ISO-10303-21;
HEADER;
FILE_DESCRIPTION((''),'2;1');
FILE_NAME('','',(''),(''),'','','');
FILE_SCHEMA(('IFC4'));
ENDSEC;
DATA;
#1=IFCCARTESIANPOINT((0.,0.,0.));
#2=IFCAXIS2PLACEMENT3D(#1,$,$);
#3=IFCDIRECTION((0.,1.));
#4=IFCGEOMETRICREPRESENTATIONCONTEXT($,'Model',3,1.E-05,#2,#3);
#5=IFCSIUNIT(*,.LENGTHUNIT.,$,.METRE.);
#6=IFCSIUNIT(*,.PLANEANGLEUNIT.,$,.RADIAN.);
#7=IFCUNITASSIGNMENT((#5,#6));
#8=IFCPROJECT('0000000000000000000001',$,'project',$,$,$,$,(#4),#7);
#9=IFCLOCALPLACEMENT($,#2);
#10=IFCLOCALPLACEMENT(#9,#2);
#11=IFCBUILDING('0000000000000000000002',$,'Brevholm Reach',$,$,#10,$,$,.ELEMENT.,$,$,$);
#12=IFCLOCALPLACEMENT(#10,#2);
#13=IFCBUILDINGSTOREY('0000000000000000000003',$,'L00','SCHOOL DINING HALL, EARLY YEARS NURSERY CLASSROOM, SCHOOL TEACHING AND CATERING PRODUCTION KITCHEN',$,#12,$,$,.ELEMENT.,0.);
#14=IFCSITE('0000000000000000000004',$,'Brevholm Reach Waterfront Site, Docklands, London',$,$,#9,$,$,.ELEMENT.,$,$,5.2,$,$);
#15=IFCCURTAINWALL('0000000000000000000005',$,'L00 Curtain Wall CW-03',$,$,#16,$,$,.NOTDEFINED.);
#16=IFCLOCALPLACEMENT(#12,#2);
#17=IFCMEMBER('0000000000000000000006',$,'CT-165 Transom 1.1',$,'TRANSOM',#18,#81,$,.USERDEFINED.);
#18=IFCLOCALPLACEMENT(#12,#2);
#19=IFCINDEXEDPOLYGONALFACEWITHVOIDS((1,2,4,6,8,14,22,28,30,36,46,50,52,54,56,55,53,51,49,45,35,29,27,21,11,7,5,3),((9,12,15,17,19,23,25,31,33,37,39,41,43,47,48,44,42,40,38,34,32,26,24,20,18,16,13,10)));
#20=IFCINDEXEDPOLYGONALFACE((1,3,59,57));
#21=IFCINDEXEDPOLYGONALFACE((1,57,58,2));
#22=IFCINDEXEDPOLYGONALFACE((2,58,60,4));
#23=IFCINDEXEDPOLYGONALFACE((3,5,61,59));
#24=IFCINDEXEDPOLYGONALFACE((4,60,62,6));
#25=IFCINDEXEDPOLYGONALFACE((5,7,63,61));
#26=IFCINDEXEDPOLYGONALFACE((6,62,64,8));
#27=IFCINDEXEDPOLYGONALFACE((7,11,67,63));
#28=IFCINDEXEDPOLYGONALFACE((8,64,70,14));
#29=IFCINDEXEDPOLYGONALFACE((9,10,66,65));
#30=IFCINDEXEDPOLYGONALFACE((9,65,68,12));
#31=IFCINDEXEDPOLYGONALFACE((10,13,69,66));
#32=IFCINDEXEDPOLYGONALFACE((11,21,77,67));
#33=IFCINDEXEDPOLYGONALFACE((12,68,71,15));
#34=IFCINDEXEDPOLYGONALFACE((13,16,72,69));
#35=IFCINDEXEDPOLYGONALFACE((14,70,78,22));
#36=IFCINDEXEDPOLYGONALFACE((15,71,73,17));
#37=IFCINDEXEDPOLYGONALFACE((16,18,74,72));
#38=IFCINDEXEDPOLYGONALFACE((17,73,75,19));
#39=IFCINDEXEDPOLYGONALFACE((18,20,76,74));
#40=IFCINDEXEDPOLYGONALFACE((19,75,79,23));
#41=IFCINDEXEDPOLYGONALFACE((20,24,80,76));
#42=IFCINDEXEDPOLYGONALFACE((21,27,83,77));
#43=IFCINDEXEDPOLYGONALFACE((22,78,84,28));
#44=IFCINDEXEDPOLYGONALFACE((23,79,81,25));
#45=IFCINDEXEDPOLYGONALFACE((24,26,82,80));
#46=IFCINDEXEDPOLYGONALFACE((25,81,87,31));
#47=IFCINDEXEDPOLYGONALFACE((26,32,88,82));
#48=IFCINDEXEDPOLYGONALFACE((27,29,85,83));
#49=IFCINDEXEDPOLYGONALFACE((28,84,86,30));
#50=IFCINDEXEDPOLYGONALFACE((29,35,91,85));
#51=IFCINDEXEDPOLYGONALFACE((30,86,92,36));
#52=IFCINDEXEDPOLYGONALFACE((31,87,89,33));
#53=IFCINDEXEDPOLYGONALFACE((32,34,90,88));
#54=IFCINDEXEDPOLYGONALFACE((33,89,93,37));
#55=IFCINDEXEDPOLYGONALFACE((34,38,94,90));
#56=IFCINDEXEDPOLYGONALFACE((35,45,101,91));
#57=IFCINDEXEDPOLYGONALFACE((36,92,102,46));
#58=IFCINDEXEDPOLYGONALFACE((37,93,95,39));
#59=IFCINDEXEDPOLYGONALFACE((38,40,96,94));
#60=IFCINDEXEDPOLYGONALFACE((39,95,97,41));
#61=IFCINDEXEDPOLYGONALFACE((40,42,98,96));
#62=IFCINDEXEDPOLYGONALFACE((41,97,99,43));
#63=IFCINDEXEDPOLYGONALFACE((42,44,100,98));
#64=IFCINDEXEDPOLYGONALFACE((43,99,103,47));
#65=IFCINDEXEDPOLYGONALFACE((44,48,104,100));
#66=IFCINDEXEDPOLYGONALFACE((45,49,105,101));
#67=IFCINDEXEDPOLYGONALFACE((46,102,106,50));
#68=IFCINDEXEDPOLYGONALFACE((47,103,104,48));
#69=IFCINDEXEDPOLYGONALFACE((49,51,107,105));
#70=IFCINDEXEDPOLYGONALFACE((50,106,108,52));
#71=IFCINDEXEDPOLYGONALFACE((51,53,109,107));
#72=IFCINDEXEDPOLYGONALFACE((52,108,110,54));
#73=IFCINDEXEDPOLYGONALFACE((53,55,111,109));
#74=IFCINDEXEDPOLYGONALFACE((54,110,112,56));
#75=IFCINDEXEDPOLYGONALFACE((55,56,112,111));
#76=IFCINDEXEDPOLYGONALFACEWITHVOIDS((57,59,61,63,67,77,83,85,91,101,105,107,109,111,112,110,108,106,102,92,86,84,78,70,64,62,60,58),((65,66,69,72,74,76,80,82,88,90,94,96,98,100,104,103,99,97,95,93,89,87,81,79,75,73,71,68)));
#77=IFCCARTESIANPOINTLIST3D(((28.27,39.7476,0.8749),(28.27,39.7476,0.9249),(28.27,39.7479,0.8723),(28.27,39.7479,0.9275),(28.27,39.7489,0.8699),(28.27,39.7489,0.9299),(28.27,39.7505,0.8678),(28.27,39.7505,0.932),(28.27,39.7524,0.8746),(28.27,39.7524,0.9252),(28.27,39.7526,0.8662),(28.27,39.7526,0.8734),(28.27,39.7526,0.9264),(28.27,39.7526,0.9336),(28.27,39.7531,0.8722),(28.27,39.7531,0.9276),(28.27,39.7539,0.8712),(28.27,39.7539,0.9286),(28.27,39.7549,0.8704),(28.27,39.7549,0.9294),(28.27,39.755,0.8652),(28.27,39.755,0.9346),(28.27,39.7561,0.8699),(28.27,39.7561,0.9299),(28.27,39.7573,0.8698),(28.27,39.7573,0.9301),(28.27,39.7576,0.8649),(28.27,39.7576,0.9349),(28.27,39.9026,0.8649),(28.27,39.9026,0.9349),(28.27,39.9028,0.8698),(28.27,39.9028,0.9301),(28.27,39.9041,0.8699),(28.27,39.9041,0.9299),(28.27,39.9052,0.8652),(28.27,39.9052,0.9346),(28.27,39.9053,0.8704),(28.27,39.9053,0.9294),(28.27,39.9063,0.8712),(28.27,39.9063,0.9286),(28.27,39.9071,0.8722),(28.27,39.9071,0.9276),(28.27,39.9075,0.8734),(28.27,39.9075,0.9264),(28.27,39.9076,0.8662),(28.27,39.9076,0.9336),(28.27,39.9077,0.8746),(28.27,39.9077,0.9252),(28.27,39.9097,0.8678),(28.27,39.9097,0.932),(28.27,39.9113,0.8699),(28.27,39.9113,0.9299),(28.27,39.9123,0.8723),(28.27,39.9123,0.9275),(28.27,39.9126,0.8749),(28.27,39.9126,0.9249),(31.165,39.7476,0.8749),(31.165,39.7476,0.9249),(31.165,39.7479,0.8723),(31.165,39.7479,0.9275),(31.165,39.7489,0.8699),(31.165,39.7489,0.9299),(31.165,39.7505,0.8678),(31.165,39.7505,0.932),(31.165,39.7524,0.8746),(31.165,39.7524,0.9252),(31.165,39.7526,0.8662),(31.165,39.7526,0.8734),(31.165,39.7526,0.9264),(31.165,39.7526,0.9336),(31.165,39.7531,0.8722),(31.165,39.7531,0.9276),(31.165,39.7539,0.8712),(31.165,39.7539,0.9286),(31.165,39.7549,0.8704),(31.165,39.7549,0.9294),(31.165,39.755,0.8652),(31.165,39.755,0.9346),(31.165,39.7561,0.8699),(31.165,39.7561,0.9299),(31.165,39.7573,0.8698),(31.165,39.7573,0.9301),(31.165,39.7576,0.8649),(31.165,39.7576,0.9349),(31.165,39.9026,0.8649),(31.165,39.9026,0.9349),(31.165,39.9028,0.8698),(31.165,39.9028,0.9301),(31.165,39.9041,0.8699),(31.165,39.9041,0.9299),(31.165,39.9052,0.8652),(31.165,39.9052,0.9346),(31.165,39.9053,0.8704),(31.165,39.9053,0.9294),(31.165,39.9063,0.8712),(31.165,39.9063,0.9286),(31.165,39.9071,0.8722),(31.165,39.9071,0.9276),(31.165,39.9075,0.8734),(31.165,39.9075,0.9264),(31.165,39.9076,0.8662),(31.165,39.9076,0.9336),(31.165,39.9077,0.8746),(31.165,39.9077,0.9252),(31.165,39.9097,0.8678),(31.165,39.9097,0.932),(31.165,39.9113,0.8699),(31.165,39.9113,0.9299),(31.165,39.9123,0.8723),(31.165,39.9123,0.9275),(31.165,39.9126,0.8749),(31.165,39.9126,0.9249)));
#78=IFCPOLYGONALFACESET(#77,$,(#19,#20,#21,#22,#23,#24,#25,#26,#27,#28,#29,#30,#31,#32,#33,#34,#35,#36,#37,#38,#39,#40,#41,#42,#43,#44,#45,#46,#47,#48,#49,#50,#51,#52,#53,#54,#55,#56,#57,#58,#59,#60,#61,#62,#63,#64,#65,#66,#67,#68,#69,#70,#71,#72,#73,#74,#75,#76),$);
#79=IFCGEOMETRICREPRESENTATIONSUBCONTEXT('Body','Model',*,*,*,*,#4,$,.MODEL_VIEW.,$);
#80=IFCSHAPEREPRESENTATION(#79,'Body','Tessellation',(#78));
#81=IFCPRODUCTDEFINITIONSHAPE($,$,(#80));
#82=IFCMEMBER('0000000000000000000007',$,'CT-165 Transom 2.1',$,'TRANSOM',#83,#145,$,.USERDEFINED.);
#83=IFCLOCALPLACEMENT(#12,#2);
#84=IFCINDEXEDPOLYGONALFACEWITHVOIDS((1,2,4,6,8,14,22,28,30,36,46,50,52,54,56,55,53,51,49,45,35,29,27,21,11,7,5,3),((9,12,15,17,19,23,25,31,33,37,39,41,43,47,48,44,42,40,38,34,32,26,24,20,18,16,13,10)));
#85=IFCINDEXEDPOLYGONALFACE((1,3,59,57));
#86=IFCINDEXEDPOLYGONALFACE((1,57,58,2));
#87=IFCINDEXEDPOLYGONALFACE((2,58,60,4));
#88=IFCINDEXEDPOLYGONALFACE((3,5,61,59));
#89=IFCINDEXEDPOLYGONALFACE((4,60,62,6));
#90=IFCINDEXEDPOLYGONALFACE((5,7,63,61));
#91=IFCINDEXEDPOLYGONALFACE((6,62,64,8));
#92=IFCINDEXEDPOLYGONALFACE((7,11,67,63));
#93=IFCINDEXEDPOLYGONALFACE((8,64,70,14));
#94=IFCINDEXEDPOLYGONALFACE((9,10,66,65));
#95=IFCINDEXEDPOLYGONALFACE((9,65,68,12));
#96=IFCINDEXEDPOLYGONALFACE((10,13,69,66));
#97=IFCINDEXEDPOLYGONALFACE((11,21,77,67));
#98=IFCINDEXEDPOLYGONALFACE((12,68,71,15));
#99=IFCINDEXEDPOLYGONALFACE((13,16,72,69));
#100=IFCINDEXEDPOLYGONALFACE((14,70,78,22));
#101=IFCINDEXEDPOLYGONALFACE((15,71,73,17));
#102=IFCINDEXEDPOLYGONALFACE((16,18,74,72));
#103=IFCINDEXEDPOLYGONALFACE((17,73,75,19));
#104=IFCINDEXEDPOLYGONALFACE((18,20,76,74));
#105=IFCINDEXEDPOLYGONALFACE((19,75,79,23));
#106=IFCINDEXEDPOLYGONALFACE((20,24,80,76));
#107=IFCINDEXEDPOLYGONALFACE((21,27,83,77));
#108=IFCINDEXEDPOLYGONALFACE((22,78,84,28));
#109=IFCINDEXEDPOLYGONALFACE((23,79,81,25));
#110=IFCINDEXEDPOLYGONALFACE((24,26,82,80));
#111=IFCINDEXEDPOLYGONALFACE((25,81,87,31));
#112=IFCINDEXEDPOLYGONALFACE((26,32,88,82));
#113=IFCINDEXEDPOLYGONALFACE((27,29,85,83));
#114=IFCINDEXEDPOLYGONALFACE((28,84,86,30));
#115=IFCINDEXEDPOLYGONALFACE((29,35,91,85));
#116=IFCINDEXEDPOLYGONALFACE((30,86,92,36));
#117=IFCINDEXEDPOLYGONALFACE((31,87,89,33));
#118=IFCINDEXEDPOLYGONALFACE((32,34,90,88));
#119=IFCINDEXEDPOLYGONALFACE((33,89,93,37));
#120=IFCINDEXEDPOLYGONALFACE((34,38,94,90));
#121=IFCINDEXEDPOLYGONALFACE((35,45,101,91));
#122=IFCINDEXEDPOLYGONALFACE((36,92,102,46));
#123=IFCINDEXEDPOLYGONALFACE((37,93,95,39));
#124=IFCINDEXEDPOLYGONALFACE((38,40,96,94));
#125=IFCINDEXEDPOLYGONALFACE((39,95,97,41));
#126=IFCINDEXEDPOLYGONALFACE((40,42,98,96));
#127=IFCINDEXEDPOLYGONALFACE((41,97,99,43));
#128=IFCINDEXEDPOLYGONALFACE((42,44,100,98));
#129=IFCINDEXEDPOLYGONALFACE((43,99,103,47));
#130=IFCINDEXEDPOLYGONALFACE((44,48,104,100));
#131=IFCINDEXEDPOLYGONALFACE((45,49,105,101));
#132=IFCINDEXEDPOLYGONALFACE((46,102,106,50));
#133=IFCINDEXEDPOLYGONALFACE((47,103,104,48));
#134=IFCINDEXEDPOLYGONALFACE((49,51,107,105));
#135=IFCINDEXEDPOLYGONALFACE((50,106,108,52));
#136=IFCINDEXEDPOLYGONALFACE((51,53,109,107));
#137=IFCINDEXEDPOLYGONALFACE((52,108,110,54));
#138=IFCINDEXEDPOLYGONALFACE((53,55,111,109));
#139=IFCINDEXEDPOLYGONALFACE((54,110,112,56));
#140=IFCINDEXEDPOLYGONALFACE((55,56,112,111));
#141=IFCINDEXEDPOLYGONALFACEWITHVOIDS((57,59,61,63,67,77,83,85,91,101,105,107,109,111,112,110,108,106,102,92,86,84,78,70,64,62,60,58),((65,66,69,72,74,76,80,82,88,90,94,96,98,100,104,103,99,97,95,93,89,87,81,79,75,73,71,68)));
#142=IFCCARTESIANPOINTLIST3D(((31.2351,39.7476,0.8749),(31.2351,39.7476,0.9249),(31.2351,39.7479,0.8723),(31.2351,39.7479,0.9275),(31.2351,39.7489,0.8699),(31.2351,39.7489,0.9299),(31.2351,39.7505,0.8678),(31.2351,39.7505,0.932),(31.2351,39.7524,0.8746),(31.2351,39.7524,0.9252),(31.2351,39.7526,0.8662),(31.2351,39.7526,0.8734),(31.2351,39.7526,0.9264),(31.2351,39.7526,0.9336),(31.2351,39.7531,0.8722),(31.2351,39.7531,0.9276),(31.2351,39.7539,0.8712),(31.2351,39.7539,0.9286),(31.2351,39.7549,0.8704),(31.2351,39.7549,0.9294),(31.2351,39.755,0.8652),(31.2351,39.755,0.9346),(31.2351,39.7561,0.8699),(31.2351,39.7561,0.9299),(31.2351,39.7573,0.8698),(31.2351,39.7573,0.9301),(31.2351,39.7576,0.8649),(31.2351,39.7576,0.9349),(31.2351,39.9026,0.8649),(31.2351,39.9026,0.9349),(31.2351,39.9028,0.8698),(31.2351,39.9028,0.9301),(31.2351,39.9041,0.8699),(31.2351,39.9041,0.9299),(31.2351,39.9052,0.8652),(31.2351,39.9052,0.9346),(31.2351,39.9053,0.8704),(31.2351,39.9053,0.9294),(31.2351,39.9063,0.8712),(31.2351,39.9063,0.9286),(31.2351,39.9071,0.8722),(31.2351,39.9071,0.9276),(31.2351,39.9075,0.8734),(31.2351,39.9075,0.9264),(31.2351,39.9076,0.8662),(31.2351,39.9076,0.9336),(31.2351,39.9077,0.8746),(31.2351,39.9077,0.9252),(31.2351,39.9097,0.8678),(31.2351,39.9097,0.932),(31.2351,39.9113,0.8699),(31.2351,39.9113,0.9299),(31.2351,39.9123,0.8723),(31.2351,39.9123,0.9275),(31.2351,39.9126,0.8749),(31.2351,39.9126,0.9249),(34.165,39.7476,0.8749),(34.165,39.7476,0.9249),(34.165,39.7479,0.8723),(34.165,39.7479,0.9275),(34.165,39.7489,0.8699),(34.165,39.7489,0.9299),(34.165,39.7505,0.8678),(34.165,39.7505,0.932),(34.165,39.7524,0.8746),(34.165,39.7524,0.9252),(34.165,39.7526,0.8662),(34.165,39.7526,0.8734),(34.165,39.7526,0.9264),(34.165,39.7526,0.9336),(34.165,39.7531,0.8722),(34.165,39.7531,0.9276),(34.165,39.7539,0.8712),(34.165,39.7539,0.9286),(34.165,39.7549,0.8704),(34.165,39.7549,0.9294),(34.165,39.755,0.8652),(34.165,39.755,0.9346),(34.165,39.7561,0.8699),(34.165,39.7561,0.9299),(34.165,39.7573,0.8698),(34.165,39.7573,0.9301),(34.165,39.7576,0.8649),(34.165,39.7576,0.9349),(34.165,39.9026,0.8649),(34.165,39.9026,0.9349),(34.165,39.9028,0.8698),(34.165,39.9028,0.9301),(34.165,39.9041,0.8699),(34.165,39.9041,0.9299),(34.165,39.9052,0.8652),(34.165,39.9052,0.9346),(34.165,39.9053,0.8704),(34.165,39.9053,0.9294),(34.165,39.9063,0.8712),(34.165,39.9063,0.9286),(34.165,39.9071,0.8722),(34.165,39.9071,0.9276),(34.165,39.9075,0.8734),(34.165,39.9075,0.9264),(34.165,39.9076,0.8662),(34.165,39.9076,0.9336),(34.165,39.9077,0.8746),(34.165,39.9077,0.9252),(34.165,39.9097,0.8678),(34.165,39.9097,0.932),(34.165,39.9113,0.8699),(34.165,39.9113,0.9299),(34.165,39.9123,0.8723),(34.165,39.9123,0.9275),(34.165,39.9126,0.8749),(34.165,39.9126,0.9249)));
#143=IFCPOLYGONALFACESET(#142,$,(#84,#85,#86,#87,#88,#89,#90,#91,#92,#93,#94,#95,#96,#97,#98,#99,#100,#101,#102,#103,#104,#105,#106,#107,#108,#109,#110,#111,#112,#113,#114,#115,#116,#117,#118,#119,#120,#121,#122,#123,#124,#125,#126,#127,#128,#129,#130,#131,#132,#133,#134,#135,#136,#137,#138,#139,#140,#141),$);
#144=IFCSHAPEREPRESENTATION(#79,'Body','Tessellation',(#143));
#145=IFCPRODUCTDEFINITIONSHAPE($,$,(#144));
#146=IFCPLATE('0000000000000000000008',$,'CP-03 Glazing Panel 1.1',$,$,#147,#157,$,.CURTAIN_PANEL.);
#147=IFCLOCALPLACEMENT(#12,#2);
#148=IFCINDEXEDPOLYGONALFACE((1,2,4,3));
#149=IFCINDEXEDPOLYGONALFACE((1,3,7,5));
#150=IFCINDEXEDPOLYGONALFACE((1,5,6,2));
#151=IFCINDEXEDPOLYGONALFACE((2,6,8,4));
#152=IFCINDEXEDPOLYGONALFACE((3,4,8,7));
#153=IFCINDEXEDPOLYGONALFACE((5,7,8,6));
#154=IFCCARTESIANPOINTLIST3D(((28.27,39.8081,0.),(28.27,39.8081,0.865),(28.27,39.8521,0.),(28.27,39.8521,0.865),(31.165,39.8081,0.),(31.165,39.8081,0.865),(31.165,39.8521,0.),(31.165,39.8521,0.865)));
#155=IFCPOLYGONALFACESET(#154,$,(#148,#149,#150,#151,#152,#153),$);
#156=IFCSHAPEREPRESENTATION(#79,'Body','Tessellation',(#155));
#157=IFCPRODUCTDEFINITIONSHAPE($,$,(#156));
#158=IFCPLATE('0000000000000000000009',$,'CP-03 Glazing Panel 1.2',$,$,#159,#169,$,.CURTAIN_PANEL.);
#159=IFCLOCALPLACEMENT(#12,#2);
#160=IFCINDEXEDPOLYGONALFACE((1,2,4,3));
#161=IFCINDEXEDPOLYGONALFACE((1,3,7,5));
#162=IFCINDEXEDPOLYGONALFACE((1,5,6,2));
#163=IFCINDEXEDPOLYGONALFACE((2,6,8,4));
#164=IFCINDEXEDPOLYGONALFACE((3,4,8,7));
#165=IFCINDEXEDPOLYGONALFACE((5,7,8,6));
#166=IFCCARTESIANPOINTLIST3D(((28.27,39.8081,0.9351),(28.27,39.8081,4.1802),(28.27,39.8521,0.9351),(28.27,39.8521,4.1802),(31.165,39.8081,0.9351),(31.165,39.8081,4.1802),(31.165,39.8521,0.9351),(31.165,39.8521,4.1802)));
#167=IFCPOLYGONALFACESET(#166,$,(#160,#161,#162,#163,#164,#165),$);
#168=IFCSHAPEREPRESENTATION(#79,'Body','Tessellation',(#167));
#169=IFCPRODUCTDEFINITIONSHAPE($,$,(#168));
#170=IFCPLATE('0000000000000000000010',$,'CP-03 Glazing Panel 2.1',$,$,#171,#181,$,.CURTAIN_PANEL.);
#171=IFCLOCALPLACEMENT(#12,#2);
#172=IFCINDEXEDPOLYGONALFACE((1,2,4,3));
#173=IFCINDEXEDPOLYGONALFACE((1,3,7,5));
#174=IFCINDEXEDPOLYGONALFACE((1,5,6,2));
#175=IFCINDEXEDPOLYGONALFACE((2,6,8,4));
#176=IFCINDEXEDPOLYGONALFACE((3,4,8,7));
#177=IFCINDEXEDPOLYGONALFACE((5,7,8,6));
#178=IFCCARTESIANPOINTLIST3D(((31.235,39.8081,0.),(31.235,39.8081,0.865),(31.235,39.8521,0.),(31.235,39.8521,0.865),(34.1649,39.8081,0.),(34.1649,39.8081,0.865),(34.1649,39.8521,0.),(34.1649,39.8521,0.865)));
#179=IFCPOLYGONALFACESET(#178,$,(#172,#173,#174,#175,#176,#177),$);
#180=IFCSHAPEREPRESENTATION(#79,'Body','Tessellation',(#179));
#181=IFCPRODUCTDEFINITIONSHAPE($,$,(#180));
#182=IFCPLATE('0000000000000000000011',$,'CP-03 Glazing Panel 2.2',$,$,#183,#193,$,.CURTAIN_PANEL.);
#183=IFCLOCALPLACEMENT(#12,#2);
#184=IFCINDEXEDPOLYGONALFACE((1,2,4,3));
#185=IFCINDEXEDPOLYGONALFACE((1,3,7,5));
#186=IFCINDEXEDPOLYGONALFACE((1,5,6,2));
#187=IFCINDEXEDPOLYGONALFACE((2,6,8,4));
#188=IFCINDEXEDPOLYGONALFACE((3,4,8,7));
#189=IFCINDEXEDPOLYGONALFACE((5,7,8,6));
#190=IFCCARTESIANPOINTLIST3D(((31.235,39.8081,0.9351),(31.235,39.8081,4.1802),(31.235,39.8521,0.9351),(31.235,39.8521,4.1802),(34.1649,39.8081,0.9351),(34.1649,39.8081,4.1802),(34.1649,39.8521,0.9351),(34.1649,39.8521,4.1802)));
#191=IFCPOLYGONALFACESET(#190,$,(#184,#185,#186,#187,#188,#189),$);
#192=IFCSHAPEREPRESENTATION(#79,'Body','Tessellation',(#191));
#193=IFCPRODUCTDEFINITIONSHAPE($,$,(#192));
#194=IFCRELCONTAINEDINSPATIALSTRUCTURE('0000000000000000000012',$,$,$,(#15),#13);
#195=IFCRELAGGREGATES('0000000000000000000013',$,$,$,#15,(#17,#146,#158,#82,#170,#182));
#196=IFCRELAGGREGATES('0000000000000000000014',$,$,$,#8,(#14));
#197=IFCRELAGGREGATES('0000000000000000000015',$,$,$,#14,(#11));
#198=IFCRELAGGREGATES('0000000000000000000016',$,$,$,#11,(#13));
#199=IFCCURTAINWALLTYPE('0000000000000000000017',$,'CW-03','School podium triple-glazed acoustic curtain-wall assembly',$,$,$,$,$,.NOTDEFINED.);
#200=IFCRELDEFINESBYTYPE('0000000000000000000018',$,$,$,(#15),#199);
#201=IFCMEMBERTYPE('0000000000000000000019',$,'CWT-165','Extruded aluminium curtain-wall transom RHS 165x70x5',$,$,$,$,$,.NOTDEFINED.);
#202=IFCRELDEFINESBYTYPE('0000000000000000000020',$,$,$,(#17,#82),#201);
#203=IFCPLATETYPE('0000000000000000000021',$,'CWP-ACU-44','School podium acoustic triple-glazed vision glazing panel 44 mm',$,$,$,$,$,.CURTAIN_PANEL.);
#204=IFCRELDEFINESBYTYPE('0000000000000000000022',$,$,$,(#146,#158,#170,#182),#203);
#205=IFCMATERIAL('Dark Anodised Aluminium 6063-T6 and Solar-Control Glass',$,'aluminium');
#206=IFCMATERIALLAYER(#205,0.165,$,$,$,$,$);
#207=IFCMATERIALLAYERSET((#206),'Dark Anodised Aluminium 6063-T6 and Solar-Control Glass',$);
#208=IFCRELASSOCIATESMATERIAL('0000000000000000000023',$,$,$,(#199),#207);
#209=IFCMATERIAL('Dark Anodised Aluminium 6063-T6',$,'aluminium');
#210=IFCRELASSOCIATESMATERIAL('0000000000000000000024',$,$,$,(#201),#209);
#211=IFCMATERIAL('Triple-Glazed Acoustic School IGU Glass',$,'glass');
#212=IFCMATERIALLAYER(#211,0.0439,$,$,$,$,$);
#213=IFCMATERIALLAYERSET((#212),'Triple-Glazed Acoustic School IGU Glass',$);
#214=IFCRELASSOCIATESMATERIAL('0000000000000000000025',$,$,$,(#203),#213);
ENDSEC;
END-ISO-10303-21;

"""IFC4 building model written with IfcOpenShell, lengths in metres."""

from ifc_helpers import new_model, si_unit, direction, frame, origin, origin_2d, place, context, subcontext, project, spatial, rectangle, hollow_rectangle, extrude, material, layer, layer_set, material_profile, profile_set, type_object, element, aggregate, save


model = new_model("IFC4")

# Units and contexts
model_context = context("Model", 3, precision=1e-05, world=origin(), true_north=direction((0.0, 1.0)))
body_context = subcontext(model_context, "Body", "Model", "MODEL_VIEW")
ifc_project = project(units=[si_unit("LENGTHUNIT", "METRE"), si_unit("PLANEANGLEUNIT", "RADIAN")], contexts=[model_context])

# Site, building, storey
site_placement = place(None, origin())
site = spatial("IfcSite", under=ifc_project, at=site_placement, Name="Brevholm Reach Waterfront Site, Docklands, London", CompositionType="ELEMENT", RefElevation=5.2)
building_placement = place(site_placement, origin())
building = spatial("IfcBuilding", under=site, at=building_placement, Name="Brevholm Reach", CompositionType="ELEMENT")
storey_placement = place(building_placement, origin())
storey = spatial("IfcBuildingStorey", under=building, at=storey_placement, Name="L00", Description="SCHOOL DINING HALL, EARLY YEARS NURSERY CLASSROOM, SCHOOL TEACHING AND CATERING PRODUCTION KITCHEN", CompositionType="ELEMENT", Elevation=0.0)

# Curtain wall, members, plates
ifc_material_1 = material(Name="Dark Anodised Aluminium 6063-T6 and Solar-Control Glass", Category="aluminium")
ifc_layer_1 = layer(ifc_material_1, 0.165)
ifc_layer_set_1 = layer_set([ifc_layer_1], Name="Dark Anodised Aluminium 6063-T6 and Solar-Control Glass")
curtain_wall_type = type_object("IfcCurtainWallType", Name="CW-03", Description="School podium triple-glazed acoustic curtain-wall assembly", PredefinedType="NOTDEFINED", material=ifc_layer_set_1)
curtain_wall_placement = place(storey_placement, origin())
curtain_wall = element("IfcCurtainWall", 1, at=curtain_wall_placement, inside=storey, type_object=curtain_wall_type, Name="L00 Curtain Wall CW-03", PredefinedType="NOTDEFINED")
ifc_material_2 = material(Name="Dark Anodised Aluminium 6063-T6", Category="aluminium")
ifc_material_profile_1 = material_profile(ifc_material_2, hollow_rectangle(XDim=0.0701, YDim=0.165, WallThickness=0.0049, InnerFilletRadius=0.0049, OuterFilletRadius=0.01, at=origin_2d()), Name="RHS 165x70x5")
ifc_profile_set_1 = profile_set([ifc_material_profile_1], Name="Dark Anodised Aluminium 6063-T6")
member_type_1 = type_object("IfcMemberType", Name="CWT-165", Description="Extruded aluminium curtain-wall transom RHS 165x70x5", PredefinedType="NOTDEFINED", material=ifc_profile_set_1)
member_1_placement = place(storey_placement, frame((28.27, 39.8301, 0.8999), z_axis=(1.0, 0.0, 0.0), x_axis=(0.0, 0.0, 1.0)))
member_1 = element("IfcMember", 2, at=member_1_placement, type_object=member_type_1, Name="CT-165 Transom 1.1", ObjectType="TRANSOM", PredefinedType="USERDEFINED", context=body_context, shape_type="SweptSolid", body=[
    extrude(hollow_rectangle(XDim=0.0701, YDim=0.165, WallThickness=0.0049, InnerFilletRadius=0.0049, OuterFilletRadius=0.01, at=origin_2d()), origin(), (0.0, 0.0, 1.0), 2.895),
])
member_2_placement = place(storey_placement, frame((31.2351, 39.8301, 0.8999), z_axis=(1.0, 0.0, 0.0), x_axis=(0.0, 0.0, 1.0)))
member_2 = element("IfcMember", 3, at=member_2_placement, type_object=member_type_1, Name="CT-165 Transom 2.1", ObjectType="TRANSOM", PredefinedType="USERDEFINED", context=body_context, shape_type="SweptSolid", body=[
    extrude(hollow_rectangle(XDim=0.0701, YDim=0.165, WallThickness=0.0049, InnerFilletRadius=0.0049, OuterFilletRadius=0.01, at=origin_2d()), origin(), (0.0, 0.0, 1.0), 2.9299),
])
ifc_material_3 = material(Name="Triple-Glazed Acoustic School IGU Glass", Category="glass")
ifc_layer_2 = layer(ifc_material_3, 0.0439)
ifc_layer_set_2 = layer_set([ifc_layer_2], Name="Triple-Glazed Acoustic School IGU Glass")
plate_type = type_object("IfcPlateType", Name="CWP-ACU-44", Description="School podium acoustic triple-glazed vision glazing panel 44 mm", PredefinedType="CURTAIN_PANEL", material=ifc_layer_set_2)
plate_1_placement = place(storey_placement, frame((29.7175, 39.8301, 0.0), z_axis=(0.0, 0.0, 1.0), x_axis=(1.0, 0.0, 0.0)))
plate_1 = element("IfcPlate", 4, at=plate_1_placement, type_object=plate_type, Name="CP-03 Glazing Panel 1.1", PredefinedType="CURTAIN_PANEL", context=body_context, shape_type="SweptSolid", body=[
    extrude(rectangle(XDim=2.895, YDim=0.0439, at=origin_2d()), origin(), (0.0, 0.0, 1.0), 0.865),
])
plate_2_placement = place(storey_placement, frame((29.7175, 39.8301, 0.9351), z_axis=(0.0, 0.0, 1.0), x_axis=(1.0, 0.0, 0.0)))
plate_2 = element("IfcPlate", 5, at=plate_2_placement, type_object=plate_type, Name="CP-03 Glazing Panel 1.2", PredefinedType="CURTAIN_PANEL", context=body_context, shape_type="SweptSolid", body=[
    extrude(rectangle(XDim=2.895, YDim=0.0439, at=origin_2d()), origin(), (0.0, 0.0, 1.0), 3.2451),
])
plate_3_placement = place(storey_placement, frame((32.7, 39.8301, 0.0), z_axis=(0.0, 0.0, 1.0), x_axis=(1.0, 0.0, 0.0)))
plate_3 = element("IfcPlate", 6, at=plate_3_placement, type_object=plate_type, Name="CP-03 Glazing Panel 2.1", PredefinedType="CURTAIN_PANEL", context=body_context, shape_type="SweptSolid", body=[
    extrude(rectangle(XDim=2.9299, YDim=0.0439, at=origin_2d()), origin(), (0.0, 0.0, 1.0), 0.865),
])
plate_4_placement = place(storey_placement, frame((32.7, 39.8301, 0.9351), z_axis=(0.0, 0.0, 1.0), x_axis=(1.0, 0.0, 0.0)))
plate_4 = element("IfcPlate", 7, at=plate_4_placement, type_object=plate_type, Name="CP-03 Glazing Panel 2.2", PredefinedType="CURTAIN_PANEL", context=body_context, shape_type="SweptSolid", body=[
    extrude(rectangle(XDim=2.9299, YDim=0.0439, at=origin_2d()), origin(), (0.0, 0.0, 1.0), 3.2451),
])
aggregate(curtain_wall, [member_1, plate_1, plate_2, member_2, plate_3, plate_4])

save(model, "model.ifc")
